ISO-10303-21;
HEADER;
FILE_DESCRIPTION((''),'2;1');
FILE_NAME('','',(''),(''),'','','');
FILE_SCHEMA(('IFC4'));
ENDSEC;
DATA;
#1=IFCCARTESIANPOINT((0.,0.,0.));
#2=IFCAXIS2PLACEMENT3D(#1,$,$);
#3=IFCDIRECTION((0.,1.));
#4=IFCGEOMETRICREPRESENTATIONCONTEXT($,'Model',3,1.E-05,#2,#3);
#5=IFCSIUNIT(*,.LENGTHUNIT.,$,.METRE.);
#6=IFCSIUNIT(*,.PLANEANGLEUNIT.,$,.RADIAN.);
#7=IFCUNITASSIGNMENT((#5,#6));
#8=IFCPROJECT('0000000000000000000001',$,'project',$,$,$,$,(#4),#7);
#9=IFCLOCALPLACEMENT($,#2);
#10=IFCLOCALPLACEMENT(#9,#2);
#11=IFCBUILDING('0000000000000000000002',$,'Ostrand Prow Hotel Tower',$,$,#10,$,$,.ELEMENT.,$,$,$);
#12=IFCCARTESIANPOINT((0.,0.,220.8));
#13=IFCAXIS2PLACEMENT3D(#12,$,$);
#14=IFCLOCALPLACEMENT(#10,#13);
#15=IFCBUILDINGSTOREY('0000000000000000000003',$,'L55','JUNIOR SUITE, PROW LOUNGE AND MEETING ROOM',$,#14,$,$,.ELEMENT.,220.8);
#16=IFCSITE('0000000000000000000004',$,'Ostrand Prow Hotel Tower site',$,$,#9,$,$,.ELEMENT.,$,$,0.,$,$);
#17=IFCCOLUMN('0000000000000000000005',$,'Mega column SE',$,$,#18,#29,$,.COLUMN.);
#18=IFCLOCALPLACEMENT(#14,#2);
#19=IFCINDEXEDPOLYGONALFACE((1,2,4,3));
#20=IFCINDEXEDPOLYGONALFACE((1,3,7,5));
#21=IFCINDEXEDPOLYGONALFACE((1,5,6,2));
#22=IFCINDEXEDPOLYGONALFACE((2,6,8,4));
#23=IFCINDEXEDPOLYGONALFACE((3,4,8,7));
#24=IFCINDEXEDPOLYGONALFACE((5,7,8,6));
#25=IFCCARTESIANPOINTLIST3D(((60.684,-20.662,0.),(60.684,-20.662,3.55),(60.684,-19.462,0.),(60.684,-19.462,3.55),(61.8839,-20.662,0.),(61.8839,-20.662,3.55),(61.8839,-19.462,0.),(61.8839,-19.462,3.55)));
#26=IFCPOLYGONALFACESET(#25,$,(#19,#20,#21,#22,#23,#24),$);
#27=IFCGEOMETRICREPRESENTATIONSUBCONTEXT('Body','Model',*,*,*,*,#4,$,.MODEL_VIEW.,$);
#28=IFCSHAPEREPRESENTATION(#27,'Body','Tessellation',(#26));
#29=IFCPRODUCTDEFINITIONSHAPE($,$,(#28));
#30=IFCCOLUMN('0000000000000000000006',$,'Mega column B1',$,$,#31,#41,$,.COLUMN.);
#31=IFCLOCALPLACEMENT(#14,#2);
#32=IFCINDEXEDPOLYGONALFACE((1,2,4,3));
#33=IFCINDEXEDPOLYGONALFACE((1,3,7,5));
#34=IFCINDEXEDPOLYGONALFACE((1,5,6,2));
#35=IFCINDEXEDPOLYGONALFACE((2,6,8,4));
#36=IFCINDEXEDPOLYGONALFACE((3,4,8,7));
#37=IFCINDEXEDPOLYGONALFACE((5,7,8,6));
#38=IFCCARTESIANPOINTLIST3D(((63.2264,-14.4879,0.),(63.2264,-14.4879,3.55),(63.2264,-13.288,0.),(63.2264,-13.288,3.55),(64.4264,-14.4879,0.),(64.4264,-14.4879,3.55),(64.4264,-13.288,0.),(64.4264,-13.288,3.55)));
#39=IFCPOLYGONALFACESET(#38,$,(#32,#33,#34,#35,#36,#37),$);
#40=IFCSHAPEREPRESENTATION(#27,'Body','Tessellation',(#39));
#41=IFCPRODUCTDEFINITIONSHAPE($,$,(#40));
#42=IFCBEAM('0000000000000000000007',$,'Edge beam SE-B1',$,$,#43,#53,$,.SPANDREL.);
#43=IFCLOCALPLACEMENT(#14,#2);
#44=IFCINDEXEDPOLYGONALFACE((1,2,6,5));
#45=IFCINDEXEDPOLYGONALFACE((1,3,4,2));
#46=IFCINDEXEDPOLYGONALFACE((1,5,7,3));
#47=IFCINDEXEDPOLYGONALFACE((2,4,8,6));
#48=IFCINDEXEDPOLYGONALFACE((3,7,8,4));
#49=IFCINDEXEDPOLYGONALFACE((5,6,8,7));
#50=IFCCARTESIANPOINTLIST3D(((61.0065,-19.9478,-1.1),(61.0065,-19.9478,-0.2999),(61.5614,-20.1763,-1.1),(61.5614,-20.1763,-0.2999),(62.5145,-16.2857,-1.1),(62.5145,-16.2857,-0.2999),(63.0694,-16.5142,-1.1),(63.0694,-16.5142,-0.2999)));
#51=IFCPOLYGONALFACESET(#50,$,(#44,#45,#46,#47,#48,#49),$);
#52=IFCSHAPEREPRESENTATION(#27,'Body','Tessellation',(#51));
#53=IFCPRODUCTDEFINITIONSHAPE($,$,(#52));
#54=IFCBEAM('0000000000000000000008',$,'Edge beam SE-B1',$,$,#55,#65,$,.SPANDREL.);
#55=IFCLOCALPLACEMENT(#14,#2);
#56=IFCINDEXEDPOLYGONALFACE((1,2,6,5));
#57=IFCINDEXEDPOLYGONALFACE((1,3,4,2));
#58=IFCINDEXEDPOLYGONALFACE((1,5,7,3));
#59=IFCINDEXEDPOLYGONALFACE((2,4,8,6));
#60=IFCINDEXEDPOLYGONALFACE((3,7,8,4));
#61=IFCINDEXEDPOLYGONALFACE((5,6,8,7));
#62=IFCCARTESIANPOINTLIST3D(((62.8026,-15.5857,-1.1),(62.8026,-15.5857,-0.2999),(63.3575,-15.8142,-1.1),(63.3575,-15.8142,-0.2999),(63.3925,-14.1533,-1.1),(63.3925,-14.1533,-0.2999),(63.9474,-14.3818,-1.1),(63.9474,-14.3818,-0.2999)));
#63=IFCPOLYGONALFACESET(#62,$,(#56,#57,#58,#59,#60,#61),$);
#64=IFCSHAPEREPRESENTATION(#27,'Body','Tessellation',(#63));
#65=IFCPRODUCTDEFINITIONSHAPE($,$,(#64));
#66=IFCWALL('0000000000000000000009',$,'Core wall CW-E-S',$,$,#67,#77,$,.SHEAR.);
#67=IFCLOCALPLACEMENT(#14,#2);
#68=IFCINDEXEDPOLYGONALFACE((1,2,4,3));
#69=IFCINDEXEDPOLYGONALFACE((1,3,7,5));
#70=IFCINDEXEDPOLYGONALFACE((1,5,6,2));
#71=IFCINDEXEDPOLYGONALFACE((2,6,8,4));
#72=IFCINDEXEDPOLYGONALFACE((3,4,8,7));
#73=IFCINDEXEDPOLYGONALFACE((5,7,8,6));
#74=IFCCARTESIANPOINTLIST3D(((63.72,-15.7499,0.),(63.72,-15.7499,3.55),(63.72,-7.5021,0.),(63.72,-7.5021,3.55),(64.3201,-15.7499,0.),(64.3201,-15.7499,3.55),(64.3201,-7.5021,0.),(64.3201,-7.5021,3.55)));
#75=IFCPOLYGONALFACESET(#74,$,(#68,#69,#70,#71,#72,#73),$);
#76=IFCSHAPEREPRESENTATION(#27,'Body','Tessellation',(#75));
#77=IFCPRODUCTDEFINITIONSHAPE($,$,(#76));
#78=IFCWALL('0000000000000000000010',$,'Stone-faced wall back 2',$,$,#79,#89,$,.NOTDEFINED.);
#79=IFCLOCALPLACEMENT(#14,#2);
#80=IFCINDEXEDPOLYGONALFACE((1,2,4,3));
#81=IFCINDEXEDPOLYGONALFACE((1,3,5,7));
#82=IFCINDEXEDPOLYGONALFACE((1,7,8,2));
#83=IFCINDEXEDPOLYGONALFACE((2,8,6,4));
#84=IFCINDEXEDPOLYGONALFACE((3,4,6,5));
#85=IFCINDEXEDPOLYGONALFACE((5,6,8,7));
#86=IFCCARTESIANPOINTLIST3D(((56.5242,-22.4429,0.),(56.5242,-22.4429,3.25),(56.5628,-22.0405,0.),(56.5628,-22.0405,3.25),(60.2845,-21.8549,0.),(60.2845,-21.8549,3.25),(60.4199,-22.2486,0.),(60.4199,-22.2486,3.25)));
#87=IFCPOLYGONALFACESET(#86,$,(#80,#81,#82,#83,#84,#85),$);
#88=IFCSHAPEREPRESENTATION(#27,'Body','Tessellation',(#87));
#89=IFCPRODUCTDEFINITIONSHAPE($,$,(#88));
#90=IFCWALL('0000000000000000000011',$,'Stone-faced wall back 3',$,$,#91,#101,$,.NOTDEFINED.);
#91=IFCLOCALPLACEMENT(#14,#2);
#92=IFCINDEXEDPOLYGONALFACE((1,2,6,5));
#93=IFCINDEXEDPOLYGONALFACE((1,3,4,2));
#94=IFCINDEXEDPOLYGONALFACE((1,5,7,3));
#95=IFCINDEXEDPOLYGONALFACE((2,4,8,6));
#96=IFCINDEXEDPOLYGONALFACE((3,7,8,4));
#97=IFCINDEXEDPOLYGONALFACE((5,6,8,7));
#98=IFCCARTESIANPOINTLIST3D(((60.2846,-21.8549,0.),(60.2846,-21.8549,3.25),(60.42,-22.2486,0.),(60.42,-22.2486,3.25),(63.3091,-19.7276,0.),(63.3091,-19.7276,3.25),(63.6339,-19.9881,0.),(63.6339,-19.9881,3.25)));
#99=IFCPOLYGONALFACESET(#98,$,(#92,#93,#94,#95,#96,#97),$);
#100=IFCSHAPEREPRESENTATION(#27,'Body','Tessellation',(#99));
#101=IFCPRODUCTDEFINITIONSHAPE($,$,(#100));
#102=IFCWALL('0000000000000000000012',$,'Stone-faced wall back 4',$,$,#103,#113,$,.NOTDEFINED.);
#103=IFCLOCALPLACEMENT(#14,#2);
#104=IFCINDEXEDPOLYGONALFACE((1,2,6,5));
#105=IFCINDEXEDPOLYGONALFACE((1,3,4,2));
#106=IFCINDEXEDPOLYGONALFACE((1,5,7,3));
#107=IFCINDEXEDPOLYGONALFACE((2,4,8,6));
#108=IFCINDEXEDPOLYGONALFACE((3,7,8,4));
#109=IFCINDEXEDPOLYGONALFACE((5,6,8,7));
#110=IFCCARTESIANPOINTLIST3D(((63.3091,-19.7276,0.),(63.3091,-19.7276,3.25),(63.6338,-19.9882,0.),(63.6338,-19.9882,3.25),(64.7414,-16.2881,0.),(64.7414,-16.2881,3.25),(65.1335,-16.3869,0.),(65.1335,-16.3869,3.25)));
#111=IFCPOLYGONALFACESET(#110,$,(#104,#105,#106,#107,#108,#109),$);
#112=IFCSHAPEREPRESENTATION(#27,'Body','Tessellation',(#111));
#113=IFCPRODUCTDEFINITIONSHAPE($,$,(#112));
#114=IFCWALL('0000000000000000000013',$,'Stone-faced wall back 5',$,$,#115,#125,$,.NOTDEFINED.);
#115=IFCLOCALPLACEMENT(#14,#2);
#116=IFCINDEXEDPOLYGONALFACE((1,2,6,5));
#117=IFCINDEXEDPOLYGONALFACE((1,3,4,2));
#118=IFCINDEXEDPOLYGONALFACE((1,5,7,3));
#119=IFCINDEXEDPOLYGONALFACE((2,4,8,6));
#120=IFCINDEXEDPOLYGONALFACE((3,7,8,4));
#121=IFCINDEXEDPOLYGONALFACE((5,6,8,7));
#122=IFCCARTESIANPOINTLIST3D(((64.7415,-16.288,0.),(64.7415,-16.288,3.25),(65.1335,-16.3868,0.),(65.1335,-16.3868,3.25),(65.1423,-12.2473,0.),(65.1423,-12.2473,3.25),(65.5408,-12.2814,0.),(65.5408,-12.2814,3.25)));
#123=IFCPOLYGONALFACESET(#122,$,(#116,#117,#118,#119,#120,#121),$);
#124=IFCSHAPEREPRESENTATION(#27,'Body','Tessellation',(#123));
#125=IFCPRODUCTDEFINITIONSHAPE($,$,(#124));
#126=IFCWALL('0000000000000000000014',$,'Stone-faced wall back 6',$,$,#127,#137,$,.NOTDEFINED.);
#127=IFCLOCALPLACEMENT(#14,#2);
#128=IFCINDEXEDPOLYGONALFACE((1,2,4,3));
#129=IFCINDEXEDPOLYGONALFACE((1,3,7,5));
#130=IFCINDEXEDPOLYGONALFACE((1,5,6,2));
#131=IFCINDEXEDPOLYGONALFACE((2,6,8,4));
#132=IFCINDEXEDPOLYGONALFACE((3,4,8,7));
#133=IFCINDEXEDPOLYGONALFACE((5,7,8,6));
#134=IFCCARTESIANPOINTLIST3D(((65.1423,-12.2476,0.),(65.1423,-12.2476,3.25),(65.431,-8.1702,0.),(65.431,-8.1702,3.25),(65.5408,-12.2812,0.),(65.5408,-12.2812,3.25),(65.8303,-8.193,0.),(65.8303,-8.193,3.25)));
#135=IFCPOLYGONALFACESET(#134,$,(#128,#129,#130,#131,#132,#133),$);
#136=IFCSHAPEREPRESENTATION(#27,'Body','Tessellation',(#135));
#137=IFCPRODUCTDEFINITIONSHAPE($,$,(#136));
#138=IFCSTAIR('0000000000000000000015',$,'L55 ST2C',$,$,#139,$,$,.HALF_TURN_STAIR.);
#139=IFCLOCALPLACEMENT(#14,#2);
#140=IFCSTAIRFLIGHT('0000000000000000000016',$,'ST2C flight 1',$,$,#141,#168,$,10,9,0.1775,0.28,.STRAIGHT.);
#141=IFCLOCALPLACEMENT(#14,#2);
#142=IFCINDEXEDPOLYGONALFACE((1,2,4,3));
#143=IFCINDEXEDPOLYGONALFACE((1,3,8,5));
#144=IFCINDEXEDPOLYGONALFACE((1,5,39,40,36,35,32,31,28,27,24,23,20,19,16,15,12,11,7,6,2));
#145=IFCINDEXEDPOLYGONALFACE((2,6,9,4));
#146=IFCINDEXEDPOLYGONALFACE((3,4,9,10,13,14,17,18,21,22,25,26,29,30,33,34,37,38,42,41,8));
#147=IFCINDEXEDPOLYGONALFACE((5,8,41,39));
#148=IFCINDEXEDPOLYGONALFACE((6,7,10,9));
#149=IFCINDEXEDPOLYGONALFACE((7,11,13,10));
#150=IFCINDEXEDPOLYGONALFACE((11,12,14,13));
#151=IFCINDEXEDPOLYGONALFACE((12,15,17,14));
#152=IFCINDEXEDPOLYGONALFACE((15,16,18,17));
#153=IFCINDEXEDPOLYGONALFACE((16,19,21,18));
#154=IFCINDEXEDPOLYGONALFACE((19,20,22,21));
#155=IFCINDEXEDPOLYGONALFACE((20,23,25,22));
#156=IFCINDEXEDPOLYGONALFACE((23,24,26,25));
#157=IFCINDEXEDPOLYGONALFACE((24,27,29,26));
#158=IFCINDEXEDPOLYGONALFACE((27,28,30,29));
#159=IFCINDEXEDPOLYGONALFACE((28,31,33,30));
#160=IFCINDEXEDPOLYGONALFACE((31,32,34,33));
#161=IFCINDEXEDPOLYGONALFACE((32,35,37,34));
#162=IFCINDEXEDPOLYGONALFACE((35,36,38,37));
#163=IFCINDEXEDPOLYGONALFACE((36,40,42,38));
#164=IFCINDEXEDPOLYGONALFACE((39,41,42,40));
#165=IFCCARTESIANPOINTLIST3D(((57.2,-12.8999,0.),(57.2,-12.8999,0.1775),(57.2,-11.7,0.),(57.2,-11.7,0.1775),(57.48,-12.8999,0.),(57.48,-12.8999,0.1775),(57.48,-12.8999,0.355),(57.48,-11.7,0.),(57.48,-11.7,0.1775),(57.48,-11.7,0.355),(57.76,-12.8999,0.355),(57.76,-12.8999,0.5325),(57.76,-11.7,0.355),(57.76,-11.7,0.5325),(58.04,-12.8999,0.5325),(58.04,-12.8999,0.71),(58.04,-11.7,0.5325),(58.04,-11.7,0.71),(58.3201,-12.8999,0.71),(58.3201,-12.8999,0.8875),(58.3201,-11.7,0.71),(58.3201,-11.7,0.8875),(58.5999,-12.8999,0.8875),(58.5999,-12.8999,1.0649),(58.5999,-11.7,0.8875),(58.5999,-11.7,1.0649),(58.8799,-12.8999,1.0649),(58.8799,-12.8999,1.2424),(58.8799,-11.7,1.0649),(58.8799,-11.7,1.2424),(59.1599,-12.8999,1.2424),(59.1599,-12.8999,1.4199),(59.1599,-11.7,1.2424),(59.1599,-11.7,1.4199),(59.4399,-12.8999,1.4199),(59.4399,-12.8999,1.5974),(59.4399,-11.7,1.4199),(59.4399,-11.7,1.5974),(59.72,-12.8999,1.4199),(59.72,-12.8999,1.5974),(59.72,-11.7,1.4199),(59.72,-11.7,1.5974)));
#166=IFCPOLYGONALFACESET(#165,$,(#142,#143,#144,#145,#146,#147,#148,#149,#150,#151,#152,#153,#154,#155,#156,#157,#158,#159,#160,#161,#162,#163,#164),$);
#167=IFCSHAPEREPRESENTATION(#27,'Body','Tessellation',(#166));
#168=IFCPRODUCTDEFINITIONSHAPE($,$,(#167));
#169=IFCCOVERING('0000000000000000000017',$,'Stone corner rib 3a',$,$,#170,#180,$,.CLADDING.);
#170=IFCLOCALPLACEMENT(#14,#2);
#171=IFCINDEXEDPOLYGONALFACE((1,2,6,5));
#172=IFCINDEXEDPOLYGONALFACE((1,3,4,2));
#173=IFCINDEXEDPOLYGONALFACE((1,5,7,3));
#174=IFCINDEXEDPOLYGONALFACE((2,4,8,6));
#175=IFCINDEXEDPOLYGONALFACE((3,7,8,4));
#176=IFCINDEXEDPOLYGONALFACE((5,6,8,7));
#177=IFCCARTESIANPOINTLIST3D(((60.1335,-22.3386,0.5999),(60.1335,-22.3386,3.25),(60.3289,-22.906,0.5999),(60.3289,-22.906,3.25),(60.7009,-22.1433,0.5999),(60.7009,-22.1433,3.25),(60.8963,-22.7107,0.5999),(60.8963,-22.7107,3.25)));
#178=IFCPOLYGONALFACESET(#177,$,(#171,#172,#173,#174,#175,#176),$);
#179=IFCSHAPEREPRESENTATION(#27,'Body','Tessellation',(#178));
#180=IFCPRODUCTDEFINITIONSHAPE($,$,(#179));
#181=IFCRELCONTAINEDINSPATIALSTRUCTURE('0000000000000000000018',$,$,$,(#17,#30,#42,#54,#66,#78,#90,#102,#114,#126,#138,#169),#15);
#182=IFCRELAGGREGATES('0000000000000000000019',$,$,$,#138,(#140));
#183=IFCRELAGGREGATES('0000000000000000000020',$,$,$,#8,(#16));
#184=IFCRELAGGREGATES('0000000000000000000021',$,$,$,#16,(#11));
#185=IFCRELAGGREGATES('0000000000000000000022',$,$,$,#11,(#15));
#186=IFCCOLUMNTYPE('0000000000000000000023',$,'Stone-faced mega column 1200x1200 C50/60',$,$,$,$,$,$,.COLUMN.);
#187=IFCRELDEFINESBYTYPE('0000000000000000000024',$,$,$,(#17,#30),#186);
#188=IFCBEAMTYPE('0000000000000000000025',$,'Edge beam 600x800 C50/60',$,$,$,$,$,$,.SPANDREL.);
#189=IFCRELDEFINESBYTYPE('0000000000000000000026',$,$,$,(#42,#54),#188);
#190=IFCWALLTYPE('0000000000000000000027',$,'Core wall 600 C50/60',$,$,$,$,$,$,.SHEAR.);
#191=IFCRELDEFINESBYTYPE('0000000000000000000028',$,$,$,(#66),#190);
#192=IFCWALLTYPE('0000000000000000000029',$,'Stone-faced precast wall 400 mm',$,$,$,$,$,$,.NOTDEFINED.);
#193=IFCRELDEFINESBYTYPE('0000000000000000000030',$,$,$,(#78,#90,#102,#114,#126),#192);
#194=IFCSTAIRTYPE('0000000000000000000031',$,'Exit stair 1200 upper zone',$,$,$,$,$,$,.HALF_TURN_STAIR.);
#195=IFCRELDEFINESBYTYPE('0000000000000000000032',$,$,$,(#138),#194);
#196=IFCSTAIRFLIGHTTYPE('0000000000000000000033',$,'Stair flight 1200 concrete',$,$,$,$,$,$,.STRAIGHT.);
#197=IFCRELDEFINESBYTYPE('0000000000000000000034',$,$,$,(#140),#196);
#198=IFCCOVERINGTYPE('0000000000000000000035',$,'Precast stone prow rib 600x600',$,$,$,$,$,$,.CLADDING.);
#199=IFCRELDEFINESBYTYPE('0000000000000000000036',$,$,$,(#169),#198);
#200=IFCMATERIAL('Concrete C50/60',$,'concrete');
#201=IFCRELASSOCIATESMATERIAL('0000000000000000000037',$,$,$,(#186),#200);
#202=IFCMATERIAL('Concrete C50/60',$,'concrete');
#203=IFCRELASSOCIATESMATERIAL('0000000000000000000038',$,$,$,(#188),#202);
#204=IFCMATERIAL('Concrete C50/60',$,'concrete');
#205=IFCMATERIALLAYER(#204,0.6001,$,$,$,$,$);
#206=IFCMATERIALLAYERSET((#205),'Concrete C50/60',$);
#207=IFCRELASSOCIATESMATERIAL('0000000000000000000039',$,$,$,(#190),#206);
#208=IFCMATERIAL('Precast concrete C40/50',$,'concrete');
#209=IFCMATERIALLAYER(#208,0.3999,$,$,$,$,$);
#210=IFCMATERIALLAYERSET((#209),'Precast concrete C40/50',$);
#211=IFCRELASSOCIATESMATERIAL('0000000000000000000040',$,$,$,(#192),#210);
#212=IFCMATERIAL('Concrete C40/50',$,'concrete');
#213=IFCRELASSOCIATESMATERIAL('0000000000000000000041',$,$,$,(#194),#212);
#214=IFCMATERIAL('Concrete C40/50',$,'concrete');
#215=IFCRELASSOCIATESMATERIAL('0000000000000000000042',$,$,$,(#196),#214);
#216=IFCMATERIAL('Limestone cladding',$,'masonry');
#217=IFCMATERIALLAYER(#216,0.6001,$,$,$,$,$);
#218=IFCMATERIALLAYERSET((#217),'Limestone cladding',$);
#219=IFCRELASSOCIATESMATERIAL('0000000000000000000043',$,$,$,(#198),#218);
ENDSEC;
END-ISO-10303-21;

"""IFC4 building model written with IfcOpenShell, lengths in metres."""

from ifc_helpers import new_model, si_unit, direction, frame, frame_2d, origin, origin_2d, place, context, subcontext, project, spatial, polyline, rectangle, outline, extrude, material, layer, layer_set, material_profile, profile_set, type_object, element, aggregate, save


model = new_model("IFC4")

# Units and contexts
model_context = context("Model", 3, precision=1e-05, world=origin(), true_north=direction((0.0, 1.0)))
body_context = subcontext(model_context, "Body", "Model", "MODEL_VIEW")
ifc_project = project(units=[si_unit("LENGTHUNIT", "METRE"), si_unit("PLANEANGLEUNIT", "RADIAN")], contexts=[model_context])

# Site, building, storey
site_placement = place(None, origin())
site = spatial("IfcSite", under=ifc_project, at=site_placement, Name="Ostrand Prow Hotel Tower site", CompositionType="ELEMENT", RefElevation=0.0)
building_placement = place(site_placement, origin())
building = spatial("IfcBuilding", under=site, at=building_placement, Name="Ostrand Prow Hotel Tower", CompositionType="ELEMENT")
storey_placement = place(building_placement, frame((0.0, 0.0, 220.8)))
storey = spatial("IfcBuildingStorey", under=building, at=storey_placement, Name="L55", Description="JUNIOR SUITE, PROW LOUNGE AND MEETING ROOM", CompositionType="ELEMENT", Elevation=220.8)

# Columns
ifc_material_1 = material(Name="Concrete C50/60", Category="concrete")
ifc_material_profile_1 = material_profile(ifc_material_1, rectangle(XDim=1.2, YDim=1.2, at=origin_2d()), Name="RC 1200x1200")
ifc_profile_set_1 = profile_set([ifc_material_profile_1], Name="Concrete C50/60")
column_type = type_object("IfcColumnType", Name="Stone-faced mega column 1200x1200 C50/60", PredefinedType="COLUMN", material=ifc_profile_set_1)
for number, where, z_axis, x_axis, name in (
    (1, (61.2839, -20.062, 0.0), (0.0, 0.0, 1.0), (1.0, 0.0, 0.0), "Mega column SE"),
    (2, (63.8264, -13.8879, 0.0), (0.0, 0.0, 1.0), (1.0, 0.0, 0.0), "Mega column B1"),
):
    element("IfcColumn", number, at=place(storey_placement, frame(where, z_axis=z_axis, x_axis=x_axis)), inside=storey, type_object=column_type, Name=name, PredefinedType="COLUMN", context=body_context, shape_type="SweptSolid", body=[
        extrude(rectangle(XDim=1.2, YDim=1.2, at=origin_2d()), origin(), (0.0, 0.0, 1.0), 3.55),
    ])

# Beams
ifc_material_2 = material(Name="Concrete C50/60", Category="concrete")
ifc_material_profile_2 = material_profile(ifc_material_2, rectangle(XDim=0.6001, YDim=0.8, at=origin_2d()), Name="RC 600x800")
ifc_profile_set_2 = profile_set([ifc_material_profile_2], Name="Concrete C50/60")
beam_type = type_object("IfcBeamType", Name="Edge beam 600x800 C50/60", PredefinedType="SPANDREL", material=ifc_profile_set_2)
beam_1_placement = place(storey_placement, frame((61.2839, -20.062, -0.7), z_axis=(0.380778, 0.924667, 0.0), x_axis=(-0.924667, 0.380778, 0.0)))
element("IfcBeam", 3, at=beam_1_placement, inside=storey, type_object=beam_type, Name="Edge beam SE-B1", PredefinedType="SPANDREL", context=body_context, shape_type="SweptSolid", body=[
    extrude(rectangle(XDim=0.6001, YDim=0.8, at=origin_2d()), origin(), (0.0, 0.0, 1.0), 3.9604),
])
beam_2_placement = place(storey_placement, frame((63.0801, -15.7, -0.7), z_axis=(0.380774, 0.924668, 0.0), x_axis=(-0.924668, 0.380774, 0.0)))
element("IfcBeam", 4, at=beam_2_placement, inside=storey, type_object=beam_type, Name="Edge beam SE-B1", PredefinedType="SPANDREL", context=body_context, shape_type="SweptSolid", body=[
    extrude(rectangle(XDim=0.6001, YDim=0.8, at=origin_2d()), origin(), (0.0, 0.0, 1.0), 1.5491),
])

# Walls
ifc_material_3 = material(Name="Concrete C50/60", Category="concrete")
ifc_layer_1 = layer(ifc_material_3, 0.6001)
ifc_layer_set_1 = layer_set([ifc_layer_1], Name="Concrete C50/60")
wall_type_1 = type_object("IfcWallType", Name="Core wall 600 C50/60", PredefinedType="SHEAR", material=ifc_layer_set_1)
wall_1_placement = place(storey_placement, frame((64.02, -15.75, 0.0), z_axis=(0.0, 0.0, 1.0), x_axis=(0.0, 1.0, 0.0)))
element("IfcWall", 5, at=wall_1_placement, inside=storey, type_object=wall_type_1, Name="Core wall CW-E-S", PredefinedType="SHEAR", context=body_context, shape_type="SweptSolid", body=[
    extrude(rectangle(XDim=8.2478, YDim=0.6001, at=frame_2d((4.124, 0.0))), origin(), (0.0, 0.0, 1.0), 3.55),
])
ifc_material_4 = material(Name="Precast concrete C40/50", Category="concrete")
ifc_layer_2 = layer(ifc_material_4, 0.3999)
ifc_layer_set_2 = layer_set([ifc_layer_2], Name="Precast concrete C40/50")
wall_type_2 = type_object("IfcWallType", Name="Stone-faced precast wall 400 mm", PredefinedType="NOTDEFINED", material=ifc_layer_set_2)
wall_2_placement = place(storey_placement, frame((56.5435, -22.2417, 0.0), z_axis=(0.0, 0.0, 1.0), x_axis=(0.998759, 0.049807, 0.0)))
element("IfcWall", 6, at=wall_2_placement, inside=storey, type_object=wall_type_2, Name="Stone-faced wall back 2", PredefinedType="NOTDEFINED", context=body_context, shape_type="SweptSolid", body=[
    extrude(outline(polyline([(-0.0293, -0.2), (3.8713, -0.2), (3.7556, 0.2), (0.0293, 0.2), (-0.0293, -0.2)])), origin(), (0.0, 0.0, 1.0), 3.25),
])
wall_3_placement = place(storey_placement, frame((60.3523, -22.0518, 0.0), z_axis=(0.0, 0.0, 1.0), x_axis=(0.817943, 0.5753, 0.0)))
element("IfcWall", 7, at=wall_3_placement, inside=storey, type_object=wall_type_2, Name="Stone-faced wall back 3", PredefinedType="NOTDEFINED", context=body_context, shape_type="SweptSolid", body=[
    extrude(outline(polyline([(-0.0579, -0.2), (3.8713, -0.2), (3.7556, 0.2), (0.0579, 0.2), (-0.0579, -0.2)])), origin(), (0.0, 0.0, 1.0), 3.25),
])
wall_4_placement = place(storey_placement, frame((63.4714, -19.8579, 0.0), z_axis=(0.0, 0.0, 1.0), x_axis=(0.384434, 0.923153, 0.0)))
element("IfcWall", 8, at=wall_4_placement, inside=storey, type_object=wall_type_2, Name="Stone-faced wall back 4", PredefinedType="NOTDEFINED", context=body_context, shape_type="SweptSolid", body=[
    extrude(outline(polyline([(-0.0579, -0.2), (3.8433, -0.2), (3.7837, 0.2), (0.0579, 0.2), (-0.0579, -0.2)])), origin(), (0.0, 0.0, 1.0), 3.25),
])
wall_5_placement = place(storey_placement, frame((64.9375, -16.3374, 0.0), z_axis=(0.0, 0.0, 1.0), x_axis=(0.098718, 0.995115, 0.0)))
element("IfcWall", 9, at=wall_5_placement, inside=storey, type_object=wall_type_2, Name="Stone-faced wall back 5", PredefinedType="NOTDEFINED", context=body_context, shape_type="SweptSolid", body=[
    extrude(outline(polyline([(-0.0298, -0.2), (4.0957, -0.2), (4.0903, 0.2), (0.0298, 0.2), (-0.0298, -0.2)])), origin(), (0.0, 0.0, 1.0), 3.25),
])
wall_6_placement = place(storey_placement, frame((65.3416, -12.2644, 0.0), z_axis=(0.0, 0.0, 1.0), x_axis=(0.070624, 0.997503, 0.0)))
element("IfcWall", 10, at=wall_6_placement, inside=storey, type_object=wall_type_2, Name="Stone-faced wall back 6", PredefinedType="NOTDEFINED", context=body_context, shape_type="SweptSolid", body=[
    extrude(outline(polyline([(-0.0027, -0.2), (4.0957, -0.2), (4.0903, 0.2), (0.0027, 0.2), (-0.0027, -0.2)])), origin(), (0.0, 0.0, 1.0), 3.25),
])

# Stair, stair flight
ifc_material_5 = material(Name="Concrete C40/50", Category="concrete")
stair_type = type_object("IfcStairType", Name="Exit stair 1200 upper zone", PredefinedType="HALF_TURN_STAIR", material=ifc_material_5)
stair_placement = place(storey_placement, origin())
stair = element("IfcStair", 11, at=stair_placement, inside=storey, type_object=stair_type, Name="L55 ST2C", PredefinedType="HALF_TURN_STAIR")
ifc_material_6 = material(Name="Concrete C40/50", Category="concrete")
stair_flight_type = type_object("IfcStairFlightType", Name="Stair flight 1200 concrete", PredefinedType="STRAIGHT", material=ifc_material_6)
stair_flight_placement = place(storey_placement, frame((57.2, -12.3, 0.0), z_axis=(0.0, 0.0, 1.0), x_axis=(1.0, 0.0, 0.0)))
stair_flight = element("IfcStairFlight", 12, at=stair_flight_placement, type_object=stair_flight_type, Name="ST2C flight 1", NumberOfRisers=10, NumberOfTreads=9, PredefinedType="STRAIGHT", RiserHeight=0.1775, TreadLength=0.28, context=body_context, shape_type="SweptSolid", body=[
    extrude(outline(polyline([(0.0, 0.0), (0.0, 0.1775), (0.28, 0.1775), (0.28, 0.355), (0.5601, 0.355), (0.5601, 0.5325), (0.8401, 0.5325), (0.8401, 0.71), (1.1201, 0.71), (1.1201, 0.8875), (1.3999, 0.8875), (1.3999, 1.0649), (1.6799, 1.0649), (1.6799, 1.2424), (1.96, 1.2424), (1.96, 1.4199), (2.24, 1.4199), (2.24, 1.5974), (2.52, 1.5974), (2.52, 1.7749), (2.52, 1.4199), (0.28, 0.0), (0.0, 0.0)])), frame((0.0, 0.6001, 0.0), z_axis=(0.0, -1.0, 0.0), x_axis=(1.0, 0.0, 0.0)), (0.0, 0.0, 1.0), 1.2),
])
aggregate(stair, [stair_flight])

# Covering
ifc_material_7 = material(Name="Limestone cladding", Category="masonry")
ifc_layer_3 = layer(ifc_material_7, 0.6001)
ifc_layer_set_3 = layer_set([ifc_layer_3], Name="Limestone cladding")
covering_type = type_object("IfcCoveringType", Name="Precast stone prow rib 600x600", PredefinedType="CLADDING", material=ifc_layer_set_3)
for number, where, z_axis, x_axis, name in (
    (13, (60.4172, -22.241, 0.5999), (0.0, 0.0, 1.0), (0.325489, -0.945546, 0.0), "Stone corner rib 3a"),
):
    element("IfcCovering", number, at=place(storey_placement, frame(where, z_axis=z_axis, x_axis=x_axis)), inside=storey, type_object=covering_type, Name=name, PredefinedType="CLADDING", context=body_context, shape_type="SweptSolid", body=[
        extrude(rectangle(XDim=0.6001, YDim=0.6001, at=frame_2d((0.3, 0.0))), origin(), (0.0, 0.0, 1.0), 2.6501),
    ])

save(model, "model.ifc")
